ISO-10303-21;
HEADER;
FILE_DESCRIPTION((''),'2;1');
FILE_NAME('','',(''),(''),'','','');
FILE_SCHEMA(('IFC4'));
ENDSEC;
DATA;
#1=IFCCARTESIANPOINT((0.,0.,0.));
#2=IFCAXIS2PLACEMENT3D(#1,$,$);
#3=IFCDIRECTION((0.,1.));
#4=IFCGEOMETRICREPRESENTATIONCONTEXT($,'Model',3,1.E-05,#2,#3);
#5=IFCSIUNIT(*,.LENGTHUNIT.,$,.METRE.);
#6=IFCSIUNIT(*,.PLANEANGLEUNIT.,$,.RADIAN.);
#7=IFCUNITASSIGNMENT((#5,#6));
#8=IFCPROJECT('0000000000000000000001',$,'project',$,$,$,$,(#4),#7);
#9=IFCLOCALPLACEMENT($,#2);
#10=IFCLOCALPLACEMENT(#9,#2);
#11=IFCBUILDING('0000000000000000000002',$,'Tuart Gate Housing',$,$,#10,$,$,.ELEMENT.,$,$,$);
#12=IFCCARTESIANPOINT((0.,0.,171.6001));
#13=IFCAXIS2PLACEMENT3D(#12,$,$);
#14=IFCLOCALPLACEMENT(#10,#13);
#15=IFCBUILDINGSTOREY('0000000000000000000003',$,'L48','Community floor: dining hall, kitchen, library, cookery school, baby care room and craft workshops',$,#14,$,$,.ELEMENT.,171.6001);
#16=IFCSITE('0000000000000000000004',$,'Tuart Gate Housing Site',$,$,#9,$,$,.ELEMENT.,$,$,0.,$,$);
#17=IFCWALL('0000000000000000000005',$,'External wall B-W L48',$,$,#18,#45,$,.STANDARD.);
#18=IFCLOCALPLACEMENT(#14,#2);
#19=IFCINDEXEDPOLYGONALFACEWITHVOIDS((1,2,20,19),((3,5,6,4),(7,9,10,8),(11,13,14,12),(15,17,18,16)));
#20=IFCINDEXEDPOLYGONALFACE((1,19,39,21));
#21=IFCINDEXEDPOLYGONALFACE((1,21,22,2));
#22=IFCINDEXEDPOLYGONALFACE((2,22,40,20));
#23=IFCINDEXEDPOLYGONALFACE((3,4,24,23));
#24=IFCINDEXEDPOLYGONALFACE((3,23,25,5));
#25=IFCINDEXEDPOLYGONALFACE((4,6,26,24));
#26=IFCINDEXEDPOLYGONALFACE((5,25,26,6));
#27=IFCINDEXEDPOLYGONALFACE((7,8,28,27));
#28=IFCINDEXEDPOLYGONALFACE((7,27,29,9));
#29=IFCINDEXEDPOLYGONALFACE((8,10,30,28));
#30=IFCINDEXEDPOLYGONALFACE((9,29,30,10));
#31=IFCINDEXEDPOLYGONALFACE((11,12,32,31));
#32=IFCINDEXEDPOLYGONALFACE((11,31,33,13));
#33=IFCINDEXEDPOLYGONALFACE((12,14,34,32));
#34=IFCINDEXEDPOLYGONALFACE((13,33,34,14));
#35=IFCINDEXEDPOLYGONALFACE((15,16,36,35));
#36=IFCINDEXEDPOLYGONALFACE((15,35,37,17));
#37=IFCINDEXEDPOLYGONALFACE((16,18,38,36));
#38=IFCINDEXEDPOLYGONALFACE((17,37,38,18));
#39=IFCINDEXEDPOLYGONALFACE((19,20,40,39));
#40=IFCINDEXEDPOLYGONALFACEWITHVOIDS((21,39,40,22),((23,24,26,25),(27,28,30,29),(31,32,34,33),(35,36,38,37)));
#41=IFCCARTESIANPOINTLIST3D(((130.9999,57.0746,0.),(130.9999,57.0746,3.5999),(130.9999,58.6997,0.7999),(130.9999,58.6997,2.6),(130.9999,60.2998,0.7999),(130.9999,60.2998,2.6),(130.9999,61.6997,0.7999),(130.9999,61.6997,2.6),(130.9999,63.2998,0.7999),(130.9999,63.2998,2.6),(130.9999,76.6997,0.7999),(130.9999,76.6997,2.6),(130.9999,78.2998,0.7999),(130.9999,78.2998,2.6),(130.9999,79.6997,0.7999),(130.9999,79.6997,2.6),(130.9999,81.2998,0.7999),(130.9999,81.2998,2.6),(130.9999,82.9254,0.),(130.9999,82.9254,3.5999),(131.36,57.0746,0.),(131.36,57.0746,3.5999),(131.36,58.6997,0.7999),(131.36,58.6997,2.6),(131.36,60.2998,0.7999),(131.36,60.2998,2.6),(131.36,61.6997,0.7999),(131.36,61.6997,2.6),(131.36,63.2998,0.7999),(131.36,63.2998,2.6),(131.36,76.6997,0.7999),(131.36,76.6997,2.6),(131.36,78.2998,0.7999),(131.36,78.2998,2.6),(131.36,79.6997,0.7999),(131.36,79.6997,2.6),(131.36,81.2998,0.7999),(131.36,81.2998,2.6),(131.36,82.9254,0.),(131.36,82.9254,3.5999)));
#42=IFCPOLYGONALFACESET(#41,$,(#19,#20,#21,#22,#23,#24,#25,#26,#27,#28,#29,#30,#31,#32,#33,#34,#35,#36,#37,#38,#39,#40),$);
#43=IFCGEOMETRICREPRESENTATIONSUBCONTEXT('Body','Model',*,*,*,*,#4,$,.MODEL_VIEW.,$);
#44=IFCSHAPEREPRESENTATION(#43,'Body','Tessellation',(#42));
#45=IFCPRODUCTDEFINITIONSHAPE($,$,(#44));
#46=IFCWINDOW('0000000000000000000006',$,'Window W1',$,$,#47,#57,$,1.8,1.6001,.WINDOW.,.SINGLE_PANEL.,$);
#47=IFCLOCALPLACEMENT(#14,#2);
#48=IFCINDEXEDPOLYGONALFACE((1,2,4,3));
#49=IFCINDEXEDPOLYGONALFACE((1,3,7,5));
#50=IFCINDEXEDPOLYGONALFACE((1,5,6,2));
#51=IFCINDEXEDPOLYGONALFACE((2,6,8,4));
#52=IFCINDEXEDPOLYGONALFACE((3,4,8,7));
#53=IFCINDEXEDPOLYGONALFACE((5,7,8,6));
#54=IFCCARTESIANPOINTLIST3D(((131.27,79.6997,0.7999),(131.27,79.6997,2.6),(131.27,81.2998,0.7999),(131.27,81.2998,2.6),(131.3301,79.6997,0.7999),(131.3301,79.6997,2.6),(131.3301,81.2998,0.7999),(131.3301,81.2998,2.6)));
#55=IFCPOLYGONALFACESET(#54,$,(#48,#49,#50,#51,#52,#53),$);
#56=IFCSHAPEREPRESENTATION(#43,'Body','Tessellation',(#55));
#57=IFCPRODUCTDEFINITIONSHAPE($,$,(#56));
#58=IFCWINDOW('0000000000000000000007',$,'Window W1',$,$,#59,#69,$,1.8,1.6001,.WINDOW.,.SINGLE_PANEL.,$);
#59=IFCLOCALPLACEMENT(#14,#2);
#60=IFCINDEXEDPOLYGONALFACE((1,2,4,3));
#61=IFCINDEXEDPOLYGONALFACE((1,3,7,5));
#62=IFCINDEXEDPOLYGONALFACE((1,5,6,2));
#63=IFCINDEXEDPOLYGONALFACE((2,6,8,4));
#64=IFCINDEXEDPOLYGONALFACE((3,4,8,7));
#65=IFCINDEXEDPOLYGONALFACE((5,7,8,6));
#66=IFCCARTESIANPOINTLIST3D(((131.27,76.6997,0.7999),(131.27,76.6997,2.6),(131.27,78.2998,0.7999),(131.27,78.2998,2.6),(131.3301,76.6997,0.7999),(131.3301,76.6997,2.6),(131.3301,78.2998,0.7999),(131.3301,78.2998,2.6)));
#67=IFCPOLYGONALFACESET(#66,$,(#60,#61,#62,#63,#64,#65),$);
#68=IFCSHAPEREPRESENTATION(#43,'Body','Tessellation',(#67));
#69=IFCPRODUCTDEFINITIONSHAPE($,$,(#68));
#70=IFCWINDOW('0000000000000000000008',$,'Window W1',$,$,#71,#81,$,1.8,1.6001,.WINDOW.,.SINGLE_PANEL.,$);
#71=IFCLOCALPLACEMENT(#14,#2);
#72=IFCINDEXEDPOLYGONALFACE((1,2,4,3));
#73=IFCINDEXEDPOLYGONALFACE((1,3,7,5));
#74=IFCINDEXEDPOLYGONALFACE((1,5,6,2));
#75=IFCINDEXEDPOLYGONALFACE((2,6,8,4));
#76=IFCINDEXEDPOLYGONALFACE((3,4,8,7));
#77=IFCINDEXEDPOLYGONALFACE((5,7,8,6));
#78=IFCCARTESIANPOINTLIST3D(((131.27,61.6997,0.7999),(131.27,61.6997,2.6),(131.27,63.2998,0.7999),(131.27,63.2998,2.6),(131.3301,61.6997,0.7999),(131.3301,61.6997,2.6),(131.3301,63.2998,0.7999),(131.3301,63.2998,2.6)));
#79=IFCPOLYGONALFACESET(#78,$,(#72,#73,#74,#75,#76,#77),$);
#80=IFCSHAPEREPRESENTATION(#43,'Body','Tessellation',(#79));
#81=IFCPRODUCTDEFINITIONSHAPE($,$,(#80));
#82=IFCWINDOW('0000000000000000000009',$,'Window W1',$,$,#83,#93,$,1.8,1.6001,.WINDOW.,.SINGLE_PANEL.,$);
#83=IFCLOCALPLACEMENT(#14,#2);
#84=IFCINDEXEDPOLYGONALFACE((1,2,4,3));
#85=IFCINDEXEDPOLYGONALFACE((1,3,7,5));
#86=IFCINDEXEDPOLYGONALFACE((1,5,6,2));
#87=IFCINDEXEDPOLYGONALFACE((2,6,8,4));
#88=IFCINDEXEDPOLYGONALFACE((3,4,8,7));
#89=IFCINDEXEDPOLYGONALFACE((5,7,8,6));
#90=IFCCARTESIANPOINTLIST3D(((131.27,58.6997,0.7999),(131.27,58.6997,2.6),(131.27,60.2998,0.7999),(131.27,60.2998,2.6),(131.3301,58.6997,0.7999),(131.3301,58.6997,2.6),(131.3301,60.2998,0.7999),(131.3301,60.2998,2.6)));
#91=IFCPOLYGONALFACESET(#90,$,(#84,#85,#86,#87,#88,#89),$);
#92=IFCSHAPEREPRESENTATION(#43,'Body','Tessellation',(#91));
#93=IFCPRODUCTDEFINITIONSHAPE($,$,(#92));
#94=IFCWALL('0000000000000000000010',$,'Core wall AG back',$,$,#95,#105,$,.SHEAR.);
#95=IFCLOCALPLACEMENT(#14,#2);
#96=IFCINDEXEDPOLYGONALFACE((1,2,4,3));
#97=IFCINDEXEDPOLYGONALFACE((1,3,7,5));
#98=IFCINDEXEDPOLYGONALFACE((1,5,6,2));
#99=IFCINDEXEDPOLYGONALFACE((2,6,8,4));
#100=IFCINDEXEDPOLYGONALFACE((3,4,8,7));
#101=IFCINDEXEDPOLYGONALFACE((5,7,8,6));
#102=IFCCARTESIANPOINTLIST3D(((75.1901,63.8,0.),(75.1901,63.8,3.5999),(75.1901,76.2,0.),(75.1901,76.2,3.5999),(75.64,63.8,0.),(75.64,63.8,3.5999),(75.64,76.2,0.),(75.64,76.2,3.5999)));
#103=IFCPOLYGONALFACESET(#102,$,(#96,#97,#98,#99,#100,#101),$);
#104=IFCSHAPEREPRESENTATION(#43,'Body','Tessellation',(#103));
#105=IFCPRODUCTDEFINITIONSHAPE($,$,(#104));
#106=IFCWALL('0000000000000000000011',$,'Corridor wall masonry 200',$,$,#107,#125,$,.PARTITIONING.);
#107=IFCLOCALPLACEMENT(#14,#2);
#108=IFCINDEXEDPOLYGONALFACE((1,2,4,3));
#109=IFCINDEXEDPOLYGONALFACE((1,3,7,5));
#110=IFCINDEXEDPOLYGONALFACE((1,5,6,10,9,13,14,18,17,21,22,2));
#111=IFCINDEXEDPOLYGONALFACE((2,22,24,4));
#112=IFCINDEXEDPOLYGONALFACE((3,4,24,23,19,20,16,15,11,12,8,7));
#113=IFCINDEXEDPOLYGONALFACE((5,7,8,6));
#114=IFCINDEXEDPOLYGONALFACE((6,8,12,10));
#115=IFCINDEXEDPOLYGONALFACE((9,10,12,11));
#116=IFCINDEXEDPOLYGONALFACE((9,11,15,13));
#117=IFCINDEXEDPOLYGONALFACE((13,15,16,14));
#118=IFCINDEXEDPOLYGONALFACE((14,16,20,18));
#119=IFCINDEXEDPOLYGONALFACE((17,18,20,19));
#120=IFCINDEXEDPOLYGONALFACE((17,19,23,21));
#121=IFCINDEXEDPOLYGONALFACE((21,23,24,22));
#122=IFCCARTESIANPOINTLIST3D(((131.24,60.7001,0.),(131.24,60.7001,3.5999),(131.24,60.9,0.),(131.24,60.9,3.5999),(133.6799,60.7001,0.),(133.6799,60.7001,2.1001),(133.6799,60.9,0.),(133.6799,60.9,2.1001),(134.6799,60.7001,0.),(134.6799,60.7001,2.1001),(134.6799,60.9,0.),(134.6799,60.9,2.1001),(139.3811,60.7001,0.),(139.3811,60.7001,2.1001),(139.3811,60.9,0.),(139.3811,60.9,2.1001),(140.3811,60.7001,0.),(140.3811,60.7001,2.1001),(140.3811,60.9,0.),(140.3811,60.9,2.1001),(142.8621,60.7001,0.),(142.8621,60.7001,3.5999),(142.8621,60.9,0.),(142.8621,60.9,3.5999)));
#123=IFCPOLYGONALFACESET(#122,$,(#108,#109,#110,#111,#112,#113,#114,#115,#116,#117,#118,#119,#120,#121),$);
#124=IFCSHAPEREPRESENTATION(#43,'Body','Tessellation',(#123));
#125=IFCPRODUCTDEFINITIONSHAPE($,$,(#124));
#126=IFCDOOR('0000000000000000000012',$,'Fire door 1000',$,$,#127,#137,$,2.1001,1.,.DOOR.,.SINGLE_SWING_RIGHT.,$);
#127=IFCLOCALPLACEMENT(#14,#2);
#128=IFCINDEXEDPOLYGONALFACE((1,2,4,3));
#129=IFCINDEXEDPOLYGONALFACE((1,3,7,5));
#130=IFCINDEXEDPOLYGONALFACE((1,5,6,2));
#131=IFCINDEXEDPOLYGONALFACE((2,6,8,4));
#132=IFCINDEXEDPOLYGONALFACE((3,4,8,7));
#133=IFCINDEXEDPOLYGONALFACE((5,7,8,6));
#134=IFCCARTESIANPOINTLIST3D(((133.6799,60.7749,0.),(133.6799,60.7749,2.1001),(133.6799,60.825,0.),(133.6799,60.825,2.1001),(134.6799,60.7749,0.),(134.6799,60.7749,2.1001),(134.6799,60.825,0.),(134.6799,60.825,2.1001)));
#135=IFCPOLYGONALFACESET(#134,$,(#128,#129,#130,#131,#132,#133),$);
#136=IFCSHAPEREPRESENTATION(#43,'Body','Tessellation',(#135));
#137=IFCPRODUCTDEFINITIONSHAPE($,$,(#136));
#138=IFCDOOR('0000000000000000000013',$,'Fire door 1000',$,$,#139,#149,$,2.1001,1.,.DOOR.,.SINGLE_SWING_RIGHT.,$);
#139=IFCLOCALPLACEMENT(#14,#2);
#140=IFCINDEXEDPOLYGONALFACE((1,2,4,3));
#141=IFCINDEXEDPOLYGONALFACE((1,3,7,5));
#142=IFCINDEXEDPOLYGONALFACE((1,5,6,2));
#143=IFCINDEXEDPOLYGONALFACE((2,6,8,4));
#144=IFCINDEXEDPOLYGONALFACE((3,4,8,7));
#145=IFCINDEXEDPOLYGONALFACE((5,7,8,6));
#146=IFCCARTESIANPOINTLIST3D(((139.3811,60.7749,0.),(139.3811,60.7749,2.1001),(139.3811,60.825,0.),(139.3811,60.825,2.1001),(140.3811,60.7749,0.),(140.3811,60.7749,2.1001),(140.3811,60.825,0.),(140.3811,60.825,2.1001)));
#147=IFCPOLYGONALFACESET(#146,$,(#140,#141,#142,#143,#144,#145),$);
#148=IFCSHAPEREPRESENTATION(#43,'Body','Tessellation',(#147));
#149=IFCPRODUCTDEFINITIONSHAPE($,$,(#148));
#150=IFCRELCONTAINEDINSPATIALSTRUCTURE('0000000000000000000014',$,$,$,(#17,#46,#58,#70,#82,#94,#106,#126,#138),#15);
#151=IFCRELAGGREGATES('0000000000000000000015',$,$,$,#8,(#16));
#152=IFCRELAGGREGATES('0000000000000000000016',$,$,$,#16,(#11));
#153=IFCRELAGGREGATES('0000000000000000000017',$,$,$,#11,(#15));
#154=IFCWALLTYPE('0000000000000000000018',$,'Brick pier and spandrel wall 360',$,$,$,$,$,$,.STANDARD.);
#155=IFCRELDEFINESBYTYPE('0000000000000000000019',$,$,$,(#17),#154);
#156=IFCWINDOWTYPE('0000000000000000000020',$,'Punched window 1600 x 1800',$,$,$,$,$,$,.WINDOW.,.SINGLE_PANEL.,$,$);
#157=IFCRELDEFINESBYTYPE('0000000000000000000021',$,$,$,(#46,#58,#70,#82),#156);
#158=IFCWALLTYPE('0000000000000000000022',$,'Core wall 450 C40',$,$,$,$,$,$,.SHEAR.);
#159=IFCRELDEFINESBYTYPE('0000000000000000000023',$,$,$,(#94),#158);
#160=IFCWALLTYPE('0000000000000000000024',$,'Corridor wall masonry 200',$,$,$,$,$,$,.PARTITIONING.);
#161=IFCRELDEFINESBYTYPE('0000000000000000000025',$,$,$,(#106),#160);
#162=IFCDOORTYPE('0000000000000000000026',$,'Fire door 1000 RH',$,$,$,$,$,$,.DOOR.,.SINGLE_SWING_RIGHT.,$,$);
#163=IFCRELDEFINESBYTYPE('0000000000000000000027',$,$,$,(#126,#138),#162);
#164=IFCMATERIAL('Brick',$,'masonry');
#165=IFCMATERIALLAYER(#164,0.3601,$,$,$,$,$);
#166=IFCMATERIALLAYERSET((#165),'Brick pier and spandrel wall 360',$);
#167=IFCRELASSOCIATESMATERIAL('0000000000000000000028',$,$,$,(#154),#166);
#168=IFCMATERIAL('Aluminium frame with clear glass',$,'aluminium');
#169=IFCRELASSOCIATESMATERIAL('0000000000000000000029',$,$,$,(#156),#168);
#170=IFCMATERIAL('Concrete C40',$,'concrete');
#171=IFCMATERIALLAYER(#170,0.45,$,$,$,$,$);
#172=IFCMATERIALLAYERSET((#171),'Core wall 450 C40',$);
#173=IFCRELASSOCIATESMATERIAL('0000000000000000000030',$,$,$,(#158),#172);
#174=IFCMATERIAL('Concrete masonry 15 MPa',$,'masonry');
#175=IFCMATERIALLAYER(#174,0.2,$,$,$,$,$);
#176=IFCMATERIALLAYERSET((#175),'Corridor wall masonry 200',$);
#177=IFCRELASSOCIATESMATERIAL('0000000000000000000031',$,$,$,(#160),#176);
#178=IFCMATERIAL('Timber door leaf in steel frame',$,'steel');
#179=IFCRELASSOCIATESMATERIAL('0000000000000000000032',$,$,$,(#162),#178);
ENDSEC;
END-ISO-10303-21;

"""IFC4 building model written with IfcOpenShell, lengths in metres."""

from ifc_helpers import new_model, si_unit, direction, frame, frame_2d, origin, place, context, subcontext, project, spatial, rectangle, extrude, material, layer, layer_set, type_object, element, fill, save


model = new_model("IFC4")

# Units and contexts
model_context = context("Model", 3, precision=1e-05, world=origin(), true_north=direction((0.0, 1.0)))
body_context = subcontext(model_context, "Body", "Model", "MODEL_VIEW")
ifc_project = project(units=[si_unit("LENGTHUNIT", "METRE"), si_unit("PLANEANGLEUNIT", "RADIAN")], contexts=[model_context])

# Site, building, storey
site_placement = place(None, origin())
site = spatial("IfcSite", under=ifc_project, at=site_placement, Name="Tuart Gate Housing Site", CompositionType="ELEMENT", RefElevation=0.0)
building_placement = place(site_placement, origin())
building = spatial("IfcBuilding", under=site, at=building_placement, Name="Tuart Gate Housing", CompositionType="ELEMENT")
storey_placement = place(building_placement, frame((0.0, 0.0, 171.6001)))
storey = spatial("IfcBuildingStorey", under=building, at=storey_placement, Name="L48", Description="Community floor: dining hall, kitchen, library, cookery school, baby care room and craft workshops", CompositionType="ELEMENT", Elevation=171.6001)

# Shared definitions
ifc_material_1 = material(Name="Brick", Category="masonry")
ifc_layer_1 = layer(ifc_material_1, 0.3601)
ifc_layer_set_1 = layer_set([ifc_layer_1], Name="Brick pier and spandrel wall 360")
wall_type_1 = type_object("IfcWallType", Name="Brick pier and spandrel wall 360", PredefinedType="STANDARD", material=ifc_layer_set_1)
ifc_material_2 = material(Name="Aluminium frame with clear glass", Category="aluminium")
window_type = type_object("IfcWindowType", Name="Punched window 1600 x 1800", PartitioningType="SINGLE_PANEL", PredefinedType="WINDOW", material=ifc_material_2)

# Wall, openings, windows
wall_1_placement = place(storey_placement, frame((131.1799, 82.9253, 0.0), z_axis=(0.0, 0.0, 1.0), x_axis=(0.0, -1.0, 0.0)))
wall_1 = element("IfcWall", 1, at=wall_1_placement, inside=storey, type_object=wall_type_1, Name="External wall B-W L48", PredefinedType="STANDARD", context=body_context, shape_type="SweptSolid", body=[
    extrude(rectangle(XDim=25.8508, YDim=0.3601, at=frame_2d((12.9253, 0.0))), origin(), (0.0, 0.0, 1.0), 3.5999),
])
opening_1_placement = place(wall_1_placement, frame((1.6255, 0.0, 0.8)))
opening_1 = element("IfcOpeningElement", 2, at=opening_1_placement, cuts=wall_1, PredefinedType="OPENING", context=body_context, shape_type="SweptSolid", body=[
    extrude(rectangle(XDim=1.6001, YDim=1.8, at=frame_2d((0.8, 0.8999))), frame((0.0, 0.1899, 0.0), z_axis=(0.0, -1.0, 0.0), x_axis=(1.0, 0.0, 0.0)), (0.0, 0.0, 1.0), 0.3801),
])
opening_2_placement = place(wall_1_placement, frame((4.6255, 0.0, 0.8)))
opening_2 = element("IfcOpeningElement", 3, at=opening_2_placement, cuts=wall_1, PredefinedType="OPENING", context=body_context, shape_type="SweptSolid", body=[
    extrude(rectangle(XDim=1.6001, YDim=1.8, at=frame_2d((0.8, 0.8999))), frame((0.0, 0.1899, 0.0), z_axis=(0.0, -1.0, 0.0), x_axis=(1.0, 0.0, 0.0)), (0.0, 0.0, 1.0), 0.3801),
])
opening_3_placement = place(wall_1_placement, frame((19.6255, 0.0, 0.8)))
opening_3 = element("IfcOpeningElement", 4, at=opening_3_placement, cuts=wall_1, PredefinedType="OPENING", context=body_context, shape_type="SweptSolid", body=[
    extrude(rectangle(XDim=1.6001, YDim=1.8, at=frame_2d((0.8, 0.8999))), frame((0.0, 0.1899, 0.0), z_axis=(0.0, -1.0, 0.0), x_axis=(1.0, 0.0, 0.0)), (0.0, 0.0, 1.0), 0.3801),
])
opening_4_placement = place(wall_1_placement, frame((22.6255, 0.0, 0.8)))
opening_4 = element("IfcOpeningElement", 5, at=opening_4_placement, cuts=wall_1, PredefinedType="OPENING", context=body_context, shape_type="SweptSolid", body=[
    extrude(rectangle(XDim=1.6001, YDim=1.8, at=frame_2d((0.8, 0.8999))), frame((0.0, 0.1899, 0.0), z_axis=(0.0, -1.0, 0.0), x_axis=(1.0, 0.0, 0.0)), (0.0, 0.0, 1.0), 0.3801),
])
window_1_placement = place(opening_1_placement, origin())
window_1 = element("IfcWindow", 6, at=window_1_placement, inside=storey, type_object=window_type, Name="Window W1", OverallHeight=1.8, OverallWidth=1.6001, PartitioningType="SINGLE_PANEL", PredefinedType="WINDOW", context=body_context, shape_type="SweptSolid", body=[
    extrude(rectangle(XDim=1.6001, YDim=1.8, at=frame_2d((0.8, 0.8999))), frame((0.0, 0.1501, 0.0), z_axis=(0.0, -1.0, 0.0), x_axis=(1.0, 0.0, 0.0)), (0.0, 0.0, 1.0), 0.0601),
])
fill(opening_1, window_1)
window_2_placement = place(opening_2_placement, origin())
window_2 = element("IfcWindow", 7, at=window_2_placement, inside=storey, type_object=window_type, Name="Window W1", OverallHeight=1.8, OverallWidth=1.6001, PartitioningType="SINGLE_PANEL", PredefinedType="WINDOW", context=body_context, shape_type="SweptSolid", body=[
    extrude(rectangle(XDim=1.6001, YDim=1.8, at=frame_2d((0.8, 0.8999))), frame((0.0, 0.1501, 0.0), z_axis=(0.0, -1.0, 0.0), x_axis=(1.0, 0.0, 0.0)), (0.0, 0.0, 1.0), 0.0601),
])
fill(opening_2, window_2)
window_3_placement = place(opening_3_placement, origin())
window_3 = element("IfcWindow", 8, at=window_3_placement, inside=storey, type_object=window_type, Name="Window W1", OverallHeight=1.8, OverallWidth=1.6001, PartitioningType="SINGLE_PANEL", PredefinedType="WINDOW", context=body_context, shape_type="SweptSolid", body=[
    extrude(rectangle(XDim=1.6001, YDim=1.8, at=frame_2d((0.8, 0.8999))), frame((0.0, 0.1501, 0.0), z_axis=(0.0, -1.0, 0.0), x_axis=(1.0, 0.0, 0.0)), (0.0, 0.0, 1.0), 0.0601),
])
fill(opening_3, window_3)
window_4_placement = place(opening_4_placement, origin())
window_4 = element("IfcWindow", 9, at=window_4_placement, inside=storey, type_object=window_type, Name="Window W1", OverallHeight=1.8, OverallWidth=1.6001, PartitioningType="SINGLE_PANEL", PredefinedType="WINDOW", context=body_context, shape_type="SweptSolid", body=[
    extrude(rectangle(XDim=1.6001, YDim=1.8, at=frame_2d((0.8, 0.8999))), frame((0.0, 0.1501, 0.0), z_axis=(0.0, -1.0, 0.0), x_axis=(1.0, 0.0, 0.0)), (0.0, 0.0, 1.0), 0.0601),
])
fill(opening_4, window_4)

# Wall
ifc_material_3 = material(Name="Concrete C40", Category="concrete")
ifc_layer_2 = layer(ifc_material_3, 0.45)
ifc_layer_set_2 = layer_set([ifc_layer_2], Name="Core wall 450 C40")
wall_type_2 = type_object("IfcWallType", Name="Core wall 450 C40", PredefinedType="SHEAR", material=ifc_layer_set_2)
wall_2_placement = place(storey_placement, frame((75.415, 63.8, 0.0), z_axis=(0.0, 0.0, 1.0), x_axis=(0.0, 1.0, 0.0)))
element("IfcWall", 10, at=wall_2_placement, inside=storey, type_object=wall_type_2, Name="Core wall AG back", PredefinedType="SHEAR", context=body_context, shape_type="SweptSolid", body=[
    extrude(rectangle(XDim=12.3999, YDim=0.45, at=frame_2d((6.2, 0.0))), origin(), (0.0, 0.0, 1.0), 3.5999),
])

# Wall, openings, doors
ifc_material_4 = material(Name="Concrete masonry 15 MPa", Category="masonry")
ifc_layer_3 = layer(ifc_material_4, 0.2)
ifc_layer_set_3 = layer_set([ifc_layer_3], Name="Corridor wall masonry 200")
wall_type_3 = type_object("IfcWallType", Name="Corridor wall masonry 200", PredefinedType="PARTITIONING", material=ifc_layer_set_3)
wall_3_placement = place(storey_placement, frame((131.24, 60.8, 0.0), z_axis=(0.0, 0.0, 1.0), x_axis=(1.0, 0.0, 0.0)))
wall_3 = element("IfcWall", 11, at=wall_3_placement, inside=storey, type_object=wall_type_3, Name="Corridor wall masonry 200", PredefinedType="PARTITIONING", context=body_context, shape_type="SweptSolid", body=[
    extrude(rectangle(XDim=11.6221, YDim=0.2, at=frame_2d((5.811, 0.0))), origin(), (0.0, 0.0, 1.0), 3.5999),
])
opening_5_placement = place(wall_3_placement, frame((2.4399, 0.0, 0.0)))
opening_5 = element("IfcOpeningElement", 12, at=opening_5_placement, cuts=wall_3, PredefinedType="OPENING", context=body_context, shape_type="SweptSolid", body=[
    extrude(rectangle(XDim=1.0, YDim=2.1001, at=frame_2d((0.5, 1.05))), frame((0.0, 0.1099, 0.0), z_axis=(0.0, -1.0, 0.0), x_axis=(1.0, 0.0, 0.0)), (0.0, 0.0, 1.0), 0.22),
])
opening_6_placement = place(wall_3_placement, frame((8.1411, 0.0, 0.0)))
opening_6 = element("IfcOpeningElement", 13, at=opening_6_placement, cuts=wall_3, PredefinedType="OPENING", context=body_context, shape_type="SweptSolid", body=[
    extrude(rectangle(XDim=1.0, YDim=2.1001, at=frame_2d((0.5, 1.05))), frame((0.0, 0.1099, 0.0), z_axis=(0.0, -1.0, 0.0), x_axis=(1.0, 0.0, 0.0)), (0.0, 0.0, 1.0), 0.22),
])
ifc_material_5 = material(Name="Timber door leaf in steel frame", Category="steel")
door_type_1 = type_object("IfcDoorType", Name="Fire door 1000 RH", OperationType="SINGLE_SWING_RIGHT", PredefinedType="DOOR", material=ifc_material_5)
door_1_placement = place(opening_5_placement, frame((1.0, 0.0, 0.0), z_axis=(0.0, 0.0, 1.0), x_axis=(-1.0, 0.0, 0.0)))
door_1 = element("IfcDoor", 14, at=door_1_placement, inside=storey, type_object=door_type_1, Name="Fire door 1000", OperationType="SINGLE_SWING_RIGHT", OverallHeight=2.1001, OverallWidth=1.0, PredefinedType="DOOR", context=body_context, shape_type="SweptSolid", body=[
    extrude(rectangle(XDim=1.0, YDim=2.1001, at=frame_2d((0.5, 1.05))), frame((0.0, 0.0251, 0.0), z_axis=(0.0, -1.0, 0.0), x_axis=(1.0, 0.0, 0.0)), (0.0, 0.0, 1.0), 0.05),
])
fill(opening_5, door_1)
door_2_placement = place(opening_6_placement, frame((1.0, 0.0, 0.0), z_axis=(0.0, 0.0, 1.0), x_axis=(-1.0, 0.0, 0.0)))
door_2 = element("IfcDoor", 15, at=door_2_placement, inside=storey, type_object=door_type_1, Name="Fire door 1000", OperationType="SINGLE_SWING_RIGHT", OverallHeight=2.1001, OverallWidth=1.0, PredefinedType="DOOR", context=body_context, shape_type="SweptSolid", body=[
    extrude(rectangle(XDim=1.0, YDim=2.1001, at=frame_2d((0.5, 1.05))), frame((0.0, 0.0251, 0.0), z_axis=(0.0, -1.0, 0.0), x_axis=(1.0, 0.0, 0.0)), (0.0, 0.0, 1.0), 0.05),
])
fill(opening_6, door_2)

save(model, "model.ifc")
